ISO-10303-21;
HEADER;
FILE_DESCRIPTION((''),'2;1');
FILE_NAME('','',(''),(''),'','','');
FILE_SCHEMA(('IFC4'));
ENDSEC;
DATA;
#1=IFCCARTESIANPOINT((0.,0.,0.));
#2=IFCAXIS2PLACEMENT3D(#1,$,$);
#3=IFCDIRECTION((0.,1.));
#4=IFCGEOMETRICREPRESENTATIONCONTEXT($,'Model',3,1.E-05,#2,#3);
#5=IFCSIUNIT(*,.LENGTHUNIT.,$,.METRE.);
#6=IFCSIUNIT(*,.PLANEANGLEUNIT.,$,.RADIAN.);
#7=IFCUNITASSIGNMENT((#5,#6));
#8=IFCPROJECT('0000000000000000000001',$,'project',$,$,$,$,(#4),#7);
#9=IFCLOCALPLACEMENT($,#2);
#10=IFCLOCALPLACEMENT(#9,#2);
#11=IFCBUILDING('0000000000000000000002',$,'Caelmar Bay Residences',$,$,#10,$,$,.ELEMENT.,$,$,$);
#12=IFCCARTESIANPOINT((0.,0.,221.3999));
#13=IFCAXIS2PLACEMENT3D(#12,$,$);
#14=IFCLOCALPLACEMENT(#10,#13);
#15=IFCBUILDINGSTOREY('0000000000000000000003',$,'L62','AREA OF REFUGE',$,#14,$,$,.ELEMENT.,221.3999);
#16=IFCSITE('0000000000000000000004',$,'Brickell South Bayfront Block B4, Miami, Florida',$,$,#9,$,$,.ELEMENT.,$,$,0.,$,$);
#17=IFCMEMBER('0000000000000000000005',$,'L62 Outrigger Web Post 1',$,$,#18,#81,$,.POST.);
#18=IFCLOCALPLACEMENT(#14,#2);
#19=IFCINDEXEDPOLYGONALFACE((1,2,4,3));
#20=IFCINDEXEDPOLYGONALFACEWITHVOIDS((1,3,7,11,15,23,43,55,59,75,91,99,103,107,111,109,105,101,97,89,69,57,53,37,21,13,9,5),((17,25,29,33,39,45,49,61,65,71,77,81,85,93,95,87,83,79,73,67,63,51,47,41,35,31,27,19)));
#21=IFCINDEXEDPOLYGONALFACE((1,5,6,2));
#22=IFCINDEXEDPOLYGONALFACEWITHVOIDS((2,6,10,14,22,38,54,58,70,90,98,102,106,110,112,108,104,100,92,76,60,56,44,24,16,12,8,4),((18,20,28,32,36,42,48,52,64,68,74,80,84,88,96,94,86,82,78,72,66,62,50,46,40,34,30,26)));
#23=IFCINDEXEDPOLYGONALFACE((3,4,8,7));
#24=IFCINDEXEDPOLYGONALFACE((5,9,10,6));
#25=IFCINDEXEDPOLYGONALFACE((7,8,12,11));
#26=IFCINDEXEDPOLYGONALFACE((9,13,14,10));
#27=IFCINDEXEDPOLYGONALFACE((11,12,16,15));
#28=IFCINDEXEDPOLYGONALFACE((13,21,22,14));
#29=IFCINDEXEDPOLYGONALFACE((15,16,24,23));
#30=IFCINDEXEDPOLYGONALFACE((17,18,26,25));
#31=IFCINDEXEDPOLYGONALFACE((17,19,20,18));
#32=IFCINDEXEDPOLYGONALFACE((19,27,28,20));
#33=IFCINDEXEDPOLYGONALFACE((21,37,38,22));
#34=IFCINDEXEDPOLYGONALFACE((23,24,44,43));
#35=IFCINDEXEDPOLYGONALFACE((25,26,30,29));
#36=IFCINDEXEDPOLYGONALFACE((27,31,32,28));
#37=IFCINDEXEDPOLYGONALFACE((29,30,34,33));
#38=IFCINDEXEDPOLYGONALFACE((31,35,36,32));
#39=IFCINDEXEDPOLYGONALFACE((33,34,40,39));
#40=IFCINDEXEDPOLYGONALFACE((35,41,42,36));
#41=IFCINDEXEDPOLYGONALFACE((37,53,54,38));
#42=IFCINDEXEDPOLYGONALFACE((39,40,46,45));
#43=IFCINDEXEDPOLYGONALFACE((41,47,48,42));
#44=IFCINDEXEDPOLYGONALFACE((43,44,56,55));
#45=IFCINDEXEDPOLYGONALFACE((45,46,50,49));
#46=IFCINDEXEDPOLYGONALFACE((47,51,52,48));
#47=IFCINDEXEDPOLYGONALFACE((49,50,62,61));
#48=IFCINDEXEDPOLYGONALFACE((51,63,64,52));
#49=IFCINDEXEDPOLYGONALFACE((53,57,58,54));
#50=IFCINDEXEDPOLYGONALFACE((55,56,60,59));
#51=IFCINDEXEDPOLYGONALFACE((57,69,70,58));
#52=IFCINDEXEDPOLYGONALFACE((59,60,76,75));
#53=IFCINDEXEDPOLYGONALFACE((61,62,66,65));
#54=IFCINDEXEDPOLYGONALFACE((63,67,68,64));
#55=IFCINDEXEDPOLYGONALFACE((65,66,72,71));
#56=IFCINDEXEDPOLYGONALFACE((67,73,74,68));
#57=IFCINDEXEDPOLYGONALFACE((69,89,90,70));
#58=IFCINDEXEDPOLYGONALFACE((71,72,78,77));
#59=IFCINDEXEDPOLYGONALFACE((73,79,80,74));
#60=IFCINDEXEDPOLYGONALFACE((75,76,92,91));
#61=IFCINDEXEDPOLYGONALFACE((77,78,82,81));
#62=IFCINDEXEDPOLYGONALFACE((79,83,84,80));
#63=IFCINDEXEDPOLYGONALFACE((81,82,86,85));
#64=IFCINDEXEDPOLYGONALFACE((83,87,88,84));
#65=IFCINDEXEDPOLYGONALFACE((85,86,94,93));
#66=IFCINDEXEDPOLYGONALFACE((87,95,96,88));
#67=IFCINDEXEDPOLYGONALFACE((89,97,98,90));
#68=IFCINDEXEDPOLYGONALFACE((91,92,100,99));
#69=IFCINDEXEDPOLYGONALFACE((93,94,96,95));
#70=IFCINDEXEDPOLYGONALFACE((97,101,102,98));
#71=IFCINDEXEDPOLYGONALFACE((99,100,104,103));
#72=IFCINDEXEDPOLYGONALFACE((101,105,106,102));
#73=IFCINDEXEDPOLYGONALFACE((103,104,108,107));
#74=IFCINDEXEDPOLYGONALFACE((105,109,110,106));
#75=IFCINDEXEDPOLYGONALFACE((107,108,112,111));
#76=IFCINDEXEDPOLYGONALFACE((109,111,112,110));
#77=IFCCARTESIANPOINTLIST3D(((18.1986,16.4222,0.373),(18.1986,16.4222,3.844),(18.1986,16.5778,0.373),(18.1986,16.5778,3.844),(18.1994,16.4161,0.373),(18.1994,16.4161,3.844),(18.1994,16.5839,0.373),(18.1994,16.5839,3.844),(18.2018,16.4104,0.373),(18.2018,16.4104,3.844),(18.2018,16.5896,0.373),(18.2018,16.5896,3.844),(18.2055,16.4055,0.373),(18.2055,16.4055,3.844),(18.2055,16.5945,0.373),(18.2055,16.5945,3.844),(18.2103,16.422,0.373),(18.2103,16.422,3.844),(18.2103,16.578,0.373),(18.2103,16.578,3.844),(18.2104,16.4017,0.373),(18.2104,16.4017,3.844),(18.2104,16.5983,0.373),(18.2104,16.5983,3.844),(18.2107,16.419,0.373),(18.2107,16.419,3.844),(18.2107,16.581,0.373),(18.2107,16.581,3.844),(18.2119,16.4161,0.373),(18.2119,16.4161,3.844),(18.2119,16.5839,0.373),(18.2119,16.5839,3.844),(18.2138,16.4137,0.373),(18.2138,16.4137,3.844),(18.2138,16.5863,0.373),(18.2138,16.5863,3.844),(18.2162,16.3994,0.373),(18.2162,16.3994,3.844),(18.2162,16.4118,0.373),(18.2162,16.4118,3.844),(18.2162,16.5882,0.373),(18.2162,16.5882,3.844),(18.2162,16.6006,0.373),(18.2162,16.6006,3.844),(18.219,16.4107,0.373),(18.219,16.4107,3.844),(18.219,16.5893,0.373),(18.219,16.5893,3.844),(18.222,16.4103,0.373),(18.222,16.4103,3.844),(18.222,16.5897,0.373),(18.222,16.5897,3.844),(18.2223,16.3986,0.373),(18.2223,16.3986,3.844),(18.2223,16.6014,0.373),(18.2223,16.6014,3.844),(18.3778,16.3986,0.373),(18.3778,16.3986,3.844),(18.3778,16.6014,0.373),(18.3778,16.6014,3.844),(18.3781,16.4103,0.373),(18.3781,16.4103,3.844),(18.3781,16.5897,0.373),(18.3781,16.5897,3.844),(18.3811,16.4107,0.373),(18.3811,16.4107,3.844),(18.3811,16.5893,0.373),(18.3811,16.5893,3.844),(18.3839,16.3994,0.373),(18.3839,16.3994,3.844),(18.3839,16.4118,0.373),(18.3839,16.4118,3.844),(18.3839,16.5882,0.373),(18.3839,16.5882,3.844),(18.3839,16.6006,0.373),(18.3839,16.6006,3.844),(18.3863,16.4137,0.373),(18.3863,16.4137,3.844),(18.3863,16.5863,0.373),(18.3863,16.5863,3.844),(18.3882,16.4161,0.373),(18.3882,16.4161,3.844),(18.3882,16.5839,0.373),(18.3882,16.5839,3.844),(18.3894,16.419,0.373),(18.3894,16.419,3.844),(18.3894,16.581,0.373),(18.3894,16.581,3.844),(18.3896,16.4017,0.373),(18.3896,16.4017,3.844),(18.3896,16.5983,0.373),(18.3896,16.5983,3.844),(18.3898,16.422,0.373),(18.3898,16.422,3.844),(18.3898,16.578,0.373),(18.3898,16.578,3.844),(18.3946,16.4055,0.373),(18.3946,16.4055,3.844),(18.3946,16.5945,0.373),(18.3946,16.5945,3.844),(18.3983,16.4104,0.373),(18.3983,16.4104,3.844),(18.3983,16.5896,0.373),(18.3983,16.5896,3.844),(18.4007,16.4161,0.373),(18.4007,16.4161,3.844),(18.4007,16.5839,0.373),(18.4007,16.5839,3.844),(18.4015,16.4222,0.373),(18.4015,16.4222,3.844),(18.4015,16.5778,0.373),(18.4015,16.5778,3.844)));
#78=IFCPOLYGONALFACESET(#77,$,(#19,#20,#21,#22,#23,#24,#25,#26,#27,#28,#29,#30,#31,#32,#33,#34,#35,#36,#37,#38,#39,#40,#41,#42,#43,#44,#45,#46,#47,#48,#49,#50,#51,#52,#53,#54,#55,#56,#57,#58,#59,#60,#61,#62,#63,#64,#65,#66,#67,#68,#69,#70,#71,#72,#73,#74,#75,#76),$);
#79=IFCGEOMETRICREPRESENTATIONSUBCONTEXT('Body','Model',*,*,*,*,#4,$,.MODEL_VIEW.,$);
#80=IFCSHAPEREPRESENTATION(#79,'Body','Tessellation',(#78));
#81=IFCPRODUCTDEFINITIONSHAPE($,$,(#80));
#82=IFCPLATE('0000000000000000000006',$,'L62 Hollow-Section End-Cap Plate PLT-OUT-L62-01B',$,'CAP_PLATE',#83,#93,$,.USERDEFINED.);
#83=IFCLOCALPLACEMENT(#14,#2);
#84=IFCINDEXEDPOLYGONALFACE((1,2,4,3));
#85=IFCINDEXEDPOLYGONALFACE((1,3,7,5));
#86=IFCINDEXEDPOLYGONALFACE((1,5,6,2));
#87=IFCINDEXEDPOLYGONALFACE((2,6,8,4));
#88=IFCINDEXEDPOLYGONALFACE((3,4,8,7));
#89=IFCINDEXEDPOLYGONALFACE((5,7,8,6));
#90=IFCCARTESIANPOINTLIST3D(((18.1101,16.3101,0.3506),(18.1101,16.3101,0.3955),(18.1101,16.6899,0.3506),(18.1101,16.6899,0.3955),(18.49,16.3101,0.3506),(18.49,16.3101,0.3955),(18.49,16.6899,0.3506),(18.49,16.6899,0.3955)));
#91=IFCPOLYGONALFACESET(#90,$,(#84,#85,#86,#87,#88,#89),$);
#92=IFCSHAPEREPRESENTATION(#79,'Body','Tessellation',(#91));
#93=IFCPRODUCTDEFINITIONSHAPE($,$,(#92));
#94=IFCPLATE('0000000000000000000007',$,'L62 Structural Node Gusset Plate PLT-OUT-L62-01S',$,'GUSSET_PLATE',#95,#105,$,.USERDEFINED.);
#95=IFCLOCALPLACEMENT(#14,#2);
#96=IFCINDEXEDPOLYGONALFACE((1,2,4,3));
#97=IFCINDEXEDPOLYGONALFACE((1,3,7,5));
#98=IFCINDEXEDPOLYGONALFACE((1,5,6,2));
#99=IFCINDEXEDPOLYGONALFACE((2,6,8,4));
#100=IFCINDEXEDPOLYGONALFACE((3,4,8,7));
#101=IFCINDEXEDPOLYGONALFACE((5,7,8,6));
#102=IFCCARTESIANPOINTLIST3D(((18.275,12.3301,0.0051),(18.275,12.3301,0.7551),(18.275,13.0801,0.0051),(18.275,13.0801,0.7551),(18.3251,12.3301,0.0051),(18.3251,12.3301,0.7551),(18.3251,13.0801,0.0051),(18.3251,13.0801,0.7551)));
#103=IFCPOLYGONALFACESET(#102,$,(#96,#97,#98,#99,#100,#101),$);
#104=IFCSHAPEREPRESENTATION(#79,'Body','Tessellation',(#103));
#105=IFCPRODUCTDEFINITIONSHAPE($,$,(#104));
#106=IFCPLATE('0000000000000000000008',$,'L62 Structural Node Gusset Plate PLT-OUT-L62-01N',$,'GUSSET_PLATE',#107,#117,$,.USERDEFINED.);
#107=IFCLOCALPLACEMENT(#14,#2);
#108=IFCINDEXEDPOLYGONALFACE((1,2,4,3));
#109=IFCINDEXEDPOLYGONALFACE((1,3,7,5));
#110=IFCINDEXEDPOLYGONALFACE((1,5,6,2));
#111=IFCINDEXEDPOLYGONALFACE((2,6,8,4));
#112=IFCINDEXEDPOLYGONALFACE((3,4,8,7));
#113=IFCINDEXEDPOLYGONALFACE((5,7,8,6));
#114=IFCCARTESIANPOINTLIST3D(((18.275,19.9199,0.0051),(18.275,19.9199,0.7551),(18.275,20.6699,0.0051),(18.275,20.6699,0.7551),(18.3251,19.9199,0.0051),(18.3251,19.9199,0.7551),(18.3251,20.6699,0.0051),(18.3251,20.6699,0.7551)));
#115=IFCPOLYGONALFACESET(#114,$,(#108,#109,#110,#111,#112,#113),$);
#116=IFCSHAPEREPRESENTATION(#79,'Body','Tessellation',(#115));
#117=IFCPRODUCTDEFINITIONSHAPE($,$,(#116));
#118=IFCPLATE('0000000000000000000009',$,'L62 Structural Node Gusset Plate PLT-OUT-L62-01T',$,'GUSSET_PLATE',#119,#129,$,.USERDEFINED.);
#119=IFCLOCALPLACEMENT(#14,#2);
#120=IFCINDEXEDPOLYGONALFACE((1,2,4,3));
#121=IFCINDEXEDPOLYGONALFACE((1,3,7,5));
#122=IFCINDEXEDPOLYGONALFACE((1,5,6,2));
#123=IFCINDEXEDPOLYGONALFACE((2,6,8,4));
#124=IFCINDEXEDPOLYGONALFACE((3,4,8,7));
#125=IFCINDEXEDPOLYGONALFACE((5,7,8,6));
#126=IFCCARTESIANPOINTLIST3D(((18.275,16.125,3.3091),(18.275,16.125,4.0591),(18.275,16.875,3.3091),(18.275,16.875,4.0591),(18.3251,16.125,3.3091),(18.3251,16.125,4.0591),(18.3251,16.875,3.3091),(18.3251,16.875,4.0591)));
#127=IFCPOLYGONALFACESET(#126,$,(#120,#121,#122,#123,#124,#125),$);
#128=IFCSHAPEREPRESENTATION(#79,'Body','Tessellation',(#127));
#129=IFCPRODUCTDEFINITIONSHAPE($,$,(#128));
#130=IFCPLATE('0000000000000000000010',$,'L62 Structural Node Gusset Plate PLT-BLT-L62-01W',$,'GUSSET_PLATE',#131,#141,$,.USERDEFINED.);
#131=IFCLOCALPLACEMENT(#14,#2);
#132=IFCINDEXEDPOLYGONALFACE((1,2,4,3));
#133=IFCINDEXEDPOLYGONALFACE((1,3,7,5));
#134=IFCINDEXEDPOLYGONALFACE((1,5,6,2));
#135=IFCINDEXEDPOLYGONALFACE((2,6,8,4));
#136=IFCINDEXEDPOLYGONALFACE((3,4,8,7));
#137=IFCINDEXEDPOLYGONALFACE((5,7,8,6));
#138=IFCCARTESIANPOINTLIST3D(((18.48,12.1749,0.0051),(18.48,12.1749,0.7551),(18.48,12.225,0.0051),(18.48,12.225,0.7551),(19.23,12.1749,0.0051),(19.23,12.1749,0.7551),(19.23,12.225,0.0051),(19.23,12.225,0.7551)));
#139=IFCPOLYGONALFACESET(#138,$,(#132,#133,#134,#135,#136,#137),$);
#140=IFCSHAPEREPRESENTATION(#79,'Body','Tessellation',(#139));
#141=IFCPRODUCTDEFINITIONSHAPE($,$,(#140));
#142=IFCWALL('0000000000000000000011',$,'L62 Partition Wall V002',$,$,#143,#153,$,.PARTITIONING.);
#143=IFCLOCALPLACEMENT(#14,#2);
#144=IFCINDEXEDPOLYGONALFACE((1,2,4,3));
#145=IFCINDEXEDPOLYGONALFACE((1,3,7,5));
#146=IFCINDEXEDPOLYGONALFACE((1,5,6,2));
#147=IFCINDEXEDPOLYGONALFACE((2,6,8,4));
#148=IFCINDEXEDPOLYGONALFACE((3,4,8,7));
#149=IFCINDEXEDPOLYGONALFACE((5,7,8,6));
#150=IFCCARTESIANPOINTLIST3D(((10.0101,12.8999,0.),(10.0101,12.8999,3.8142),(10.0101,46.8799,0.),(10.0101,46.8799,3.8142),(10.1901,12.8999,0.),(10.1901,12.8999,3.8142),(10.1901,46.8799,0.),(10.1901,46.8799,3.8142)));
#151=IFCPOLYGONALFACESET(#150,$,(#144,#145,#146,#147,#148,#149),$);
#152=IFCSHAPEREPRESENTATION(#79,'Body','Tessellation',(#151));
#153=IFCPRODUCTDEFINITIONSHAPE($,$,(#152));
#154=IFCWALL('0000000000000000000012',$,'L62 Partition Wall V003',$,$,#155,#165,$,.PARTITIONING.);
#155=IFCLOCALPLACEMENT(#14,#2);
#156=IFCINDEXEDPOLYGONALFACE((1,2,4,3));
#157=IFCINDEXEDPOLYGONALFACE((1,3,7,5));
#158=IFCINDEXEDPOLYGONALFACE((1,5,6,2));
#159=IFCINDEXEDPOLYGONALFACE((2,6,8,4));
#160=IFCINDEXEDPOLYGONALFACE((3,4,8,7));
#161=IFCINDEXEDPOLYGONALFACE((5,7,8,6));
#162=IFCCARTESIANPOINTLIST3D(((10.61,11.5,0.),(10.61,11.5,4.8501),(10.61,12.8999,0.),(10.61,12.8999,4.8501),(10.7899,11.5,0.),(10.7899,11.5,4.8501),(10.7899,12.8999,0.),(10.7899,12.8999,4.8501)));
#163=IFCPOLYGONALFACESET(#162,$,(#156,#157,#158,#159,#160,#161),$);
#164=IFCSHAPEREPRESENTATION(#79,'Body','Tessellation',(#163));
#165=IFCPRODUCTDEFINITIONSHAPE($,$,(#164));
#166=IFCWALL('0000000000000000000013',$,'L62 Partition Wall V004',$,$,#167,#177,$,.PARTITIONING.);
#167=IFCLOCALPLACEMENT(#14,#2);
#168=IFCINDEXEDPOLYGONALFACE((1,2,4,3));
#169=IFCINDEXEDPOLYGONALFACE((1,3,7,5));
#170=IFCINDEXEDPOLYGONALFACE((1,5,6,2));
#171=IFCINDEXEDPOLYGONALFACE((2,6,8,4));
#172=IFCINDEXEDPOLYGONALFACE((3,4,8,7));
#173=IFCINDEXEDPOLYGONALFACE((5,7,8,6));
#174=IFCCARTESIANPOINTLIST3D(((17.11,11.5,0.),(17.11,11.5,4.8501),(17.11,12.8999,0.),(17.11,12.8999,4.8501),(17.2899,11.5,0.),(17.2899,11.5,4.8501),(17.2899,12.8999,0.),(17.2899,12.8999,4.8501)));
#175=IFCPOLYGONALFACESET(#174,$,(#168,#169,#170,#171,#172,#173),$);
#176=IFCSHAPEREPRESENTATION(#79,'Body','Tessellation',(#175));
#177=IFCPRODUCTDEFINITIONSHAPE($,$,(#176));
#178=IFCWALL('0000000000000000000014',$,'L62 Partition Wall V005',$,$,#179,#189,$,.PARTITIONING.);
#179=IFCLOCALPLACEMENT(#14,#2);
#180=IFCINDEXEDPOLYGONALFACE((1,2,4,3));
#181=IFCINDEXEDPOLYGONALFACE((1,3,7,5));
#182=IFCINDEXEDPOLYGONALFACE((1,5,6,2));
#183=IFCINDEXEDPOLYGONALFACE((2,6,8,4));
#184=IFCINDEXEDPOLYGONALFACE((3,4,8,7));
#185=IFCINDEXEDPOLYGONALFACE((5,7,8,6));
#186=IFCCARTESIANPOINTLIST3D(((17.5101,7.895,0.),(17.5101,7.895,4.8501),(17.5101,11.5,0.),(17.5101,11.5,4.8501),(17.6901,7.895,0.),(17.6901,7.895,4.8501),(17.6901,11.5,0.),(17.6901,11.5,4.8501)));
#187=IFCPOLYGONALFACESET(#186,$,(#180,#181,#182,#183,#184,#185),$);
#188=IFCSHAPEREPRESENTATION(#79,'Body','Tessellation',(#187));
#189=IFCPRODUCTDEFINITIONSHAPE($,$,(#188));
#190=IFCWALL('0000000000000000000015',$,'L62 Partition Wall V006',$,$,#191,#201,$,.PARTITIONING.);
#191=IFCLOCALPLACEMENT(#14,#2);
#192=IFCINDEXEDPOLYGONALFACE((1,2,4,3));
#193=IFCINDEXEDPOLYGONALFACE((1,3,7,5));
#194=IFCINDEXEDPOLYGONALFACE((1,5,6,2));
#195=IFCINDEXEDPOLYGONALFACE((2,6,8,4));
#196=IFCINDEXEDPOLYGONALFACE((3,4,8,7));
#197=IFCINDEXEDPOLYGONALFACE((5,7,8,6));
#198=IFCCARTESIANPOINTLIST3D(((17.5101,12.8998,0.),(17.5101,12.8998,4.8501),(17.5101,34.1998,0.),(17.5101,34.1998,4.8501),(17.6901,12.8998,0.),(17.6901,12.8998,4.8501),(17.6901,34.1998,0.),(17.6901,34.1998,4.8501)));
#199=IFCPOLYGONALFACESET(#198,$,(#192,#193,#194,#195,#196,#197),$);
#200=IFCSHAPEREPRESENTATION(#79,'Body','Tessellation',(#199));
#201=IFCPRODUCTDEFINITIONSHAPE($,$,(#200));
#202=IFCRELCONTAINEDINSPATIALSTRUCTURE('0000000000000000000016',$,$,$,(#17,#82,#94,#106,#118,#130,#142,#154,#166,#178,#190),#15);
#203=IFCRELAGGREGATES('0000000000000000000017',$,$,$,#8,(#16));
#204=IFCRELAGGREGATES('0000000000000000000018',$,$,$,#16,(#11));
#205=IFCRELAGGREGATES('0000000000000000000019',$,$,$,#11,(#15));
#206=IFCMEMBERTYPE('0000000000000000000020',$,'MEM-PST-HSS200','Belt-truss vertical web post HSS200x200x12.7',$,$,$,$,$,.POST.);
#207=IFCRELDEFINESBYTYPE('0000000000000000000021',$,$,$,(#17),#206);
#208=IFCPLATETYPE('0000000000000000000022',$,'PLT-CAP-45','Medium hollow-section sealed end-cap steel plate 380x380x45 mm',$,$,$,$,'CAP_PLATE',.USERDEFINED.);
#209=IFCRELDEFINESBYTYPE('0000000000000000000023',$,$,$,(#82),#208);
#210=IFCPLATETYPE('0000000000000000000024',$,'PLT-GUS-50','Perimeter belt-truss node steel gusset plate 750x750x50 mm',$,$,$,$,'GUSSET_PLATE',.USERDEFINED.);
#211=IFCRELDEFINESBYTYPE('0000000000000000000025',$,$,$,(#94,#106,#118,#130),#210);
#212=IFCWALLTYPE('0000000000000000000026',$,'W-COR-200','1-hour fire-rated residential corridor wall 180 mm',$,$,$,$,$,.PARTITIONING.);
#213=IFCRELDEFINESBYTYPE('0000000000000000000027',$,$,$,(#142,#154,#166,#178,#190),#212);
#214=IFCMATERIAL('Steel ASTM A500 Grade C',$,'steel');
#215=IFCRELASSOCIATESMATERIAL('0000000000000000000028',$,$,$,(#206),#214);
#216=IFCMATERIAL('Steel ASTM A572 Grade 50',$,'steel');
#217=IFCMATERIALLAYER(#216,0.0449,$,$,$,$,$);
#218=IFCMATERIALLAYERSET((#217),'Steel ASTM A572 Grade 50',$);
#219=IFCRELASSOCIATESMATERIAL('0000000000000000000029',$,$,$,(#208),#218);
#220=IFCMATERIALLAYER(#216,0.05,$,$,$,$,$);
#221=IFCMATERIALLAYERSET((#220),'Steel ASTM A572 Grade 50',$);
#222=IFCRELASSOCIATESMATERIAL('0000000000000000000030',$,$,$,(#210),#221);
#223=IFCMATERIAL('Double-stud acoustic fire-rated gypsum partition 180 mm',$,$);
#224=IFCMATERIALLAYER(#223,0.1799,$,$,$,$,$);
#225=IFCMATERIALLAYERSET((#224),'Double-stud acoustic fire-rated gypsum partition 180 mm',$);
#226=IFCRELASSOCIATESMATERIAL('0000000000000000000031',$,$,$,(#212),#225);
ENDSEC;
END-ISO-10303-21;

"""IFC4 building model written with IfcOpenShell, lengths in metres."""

from ifc_helpers import new_model, si_unit, direction, frame, frame_2d, origin, origin_2d, place, context, subcontext, project, spatial, rectangle, hollow_rectangle, extrude, material, layer, layer_set, material_profile, profile_set, type_object, element, save


model = new_model("IFC4")

# Units and contexts
model_context = context("Model", 3, precision=1e-05, world=origin(), true_north=direction((0.0, 1.0)))
body_context = subcontext(model_context, "Body", "Model", "MODEL_VIEW")
ifc_project = project(units=[si_unit("LENGTHUNIT", "METRE"), si_unit("PLANEANGLEUNIT", "RADIAN")], contexts=[model_context])

# Site, building, storey
site_placement = place(None, origin())
site = spatial("IfcSite", under=ifc_project, at=site_placement, Name="Brickell South Bayfront Block B4, Miami, Florida", CompositionType="ELEMENT", RefElevation=0.0)
building_placement = place(site_placement, origin())
building = spatial("IfcBuilding", under=site, at=building_placement, Name="Caelmar Bay Residences", CompositionType="ELEMENT")
storey_placement = place(building_placement, frame((0.0, 0.0, 221.3999)))
storey = spatial("IfcBuildingStorey", under=building, at=storey_placement, Name="L62", Description="AREA OF REFUGE", CompositionType="ELEMENT", Elevation=221.3999)

# Member
ifc_material_1 = material(Name="Steel ASTM A500 Grade C", Category="steel")
ifc_material_profile_1 = material_profile(ifc_material_1, hollow_rectangle(XDim=0.2029, YDim=0.2029, WallThickness=0.0117, InnerFilletRadius=0.0117, OuterFilletRadius=0.0237, at=origin_2d()), Name="HSS200X200X12.7")
ifc_profile_set_1 = profile_set([ifc_material_profile_1], Name="Steel ASTM A500 Grade C")
member_type_1 = type_object("IfcMemberType", Name="MEM-PST-HSS200", Description="Belt-truss vertical web post HSS200x200x12.7", PredefinedType="POST", material=ifc_profile_set_1)
member_1_placement = place(storey_placement, frame((18.3, 16.5, 0.373), z_axis=(0.0, 0.0, 1.0), x_axis=(1.0, 0.0, 0.0)))
element("IfcMember", 1, at=member_1_placement, inside=storey, type_object=member_type_1, Name="L62 Outrigger Web Post 1", PredefinedType="POST", context=body_context, shape_type="SweptSolid", body=[
    extrude(hollow_rectangle(XDim=0.2029, YDim=0.2029, WallThickness=0.0117, InnerFilletRadius=0.0117, OuterFilletRadius=0.0237, at=origin_2d()), origin(), (0.0, 0.0, 1.0), 3.4709),
])

# Plates
ifc_material_2 = material(Name="Steel ASTM A572 Grade 50", Category="steel")
ifc_layer_1 = layer(ifc_material_2, 0.0449)
ifc_layer_set_1 = layer_set([ifc_layer_1], Name="Steel ASTM A572 Grade 50")
plate_type_1 = type_object("IfcPlateType", Name="PLT-CAP-45", Description="Medium hollow-section sealed end-cap steel plate 380x380x45 mm", ElementType="CAP_PLATE", PredefinedType="USERDEFINED", material=ifc_layer_set_1)
plate_placement = place(storey_placement, frame((18.3, 16.5, 0.3506), z_axis=(0.0, 0.0, 1.0), x_axis=(1.0, 0.0, 0.0)))
element("IfcPlate", 2, at=plate_placement, inside=storey, type_object=plate_type_1, Name="L62 Hollow-Section End-Cap Plate PLT-OUT-L62-01B", ObjectType="CAP_PLATE", PredefinedType="USERDEFINED", context=body_context, shape_type="SweptSolid", body=[
    extrude(rectangle(XDim=0.3799, YDim=0.3799, at=origin_2d()), origin(), (0.0, 0.0, 1.0), 0.0449),
])
ifc_layer_2 = layer(ifc_material_2, 0.05)
ifc_layer_set_2 = layer_set([ifc_layer_2], Name="Steel ASTM A572 Grade 50")
plate_type_2 = type_object("IfcPlateType", Name="PLT-GUS-50", Description="Perimeter belt-truss node steel gusset plate 750x750x50 mm", ElementType="GUSSET_PLATE", PredefinedType="USERDEFINED", material=ifc_layer_set_2)
for number, where, z_axis, x_axis, name in (
    (3, (18.3, 12.7051, 0.0051), (0.0, 0.0, 1.0), (0.0, 1.0, 0.0), "L62 Structural Node Gusset Plate PLT-OUT-L62-01S"),
    (4, (18.3, 20.2949, 0.0051), (0.0, 0.0, 1.0), (0.0, 1.0, 0.0), "L62 Structural Node Gusset Plate PLT-OUT-L62-01N"),
    (5, (18.3, 16.5, 3.3091), (0.0, 0.0, 1.0), (0.0, 1.0, 0.0), "L62 Structural Node Gusset Plate PLT-OUT-L62-01T"),
    (6, (18.855, 12.2, 0.0051), (0.0, 0.0, 1.0), (1.0, 0.0, 0.0), "L62 Structural Node Gusset Plate PLT-BLT-L62-01W"),
):
    element("IfcPlate", number, at=place(storey_placement, frame(where, z_axis=z_axis, x_axis=x_axis)), inside=storey, type_object=plate_type_2, Name=name, ObjectType="GUSSET_PLATE", PredefinedType="USERDEFINED", context=body_context, shape_type="SweptSolid", body=[
        extrude(rectangle(XDim=0.75, YDim=0.05, at=origin_2d()), origin(), (0.0, 0.0, 1.0), 0.75),
    ])

# Walls
ifc_material_3 = material(Name="Double-stud acoustic fire-rated gypsum partition 180 mm")
ifc_layer_3 = layer(ifc_material_3, 0.1799)
ifc_layer_set_3 = layer_set([ifc_layer_3], Name="Double-stud acoustic fire-rated gypsum partition 180 mm")
wall_type_1 = type_object("IfcWallType", Name="W-COR-200", Description="1-hour fire-rated residential corridor wall 180 mm", PredefinedType="PARTITIONING", material=ifc_layer_set_3)
wall_1_placement = place(storey_placement, frame((10.1001, 12.8999, 0.0), z_axis=(0.0, 0.0, 1.0), x_axis=(0.0, 1.0, 0.0)))
element("IfcWall", 7, at=wall_1_placement, inside=storey, type_object=wall_type_1, Name="L62 Partition Wall V002", PredefinedType="PARTITIONING", context=body_context, shape_type="SweptSolid", body=[
    extrude(rectangle(XDim=33.98, YDim=0.1799, at=frame_2d((16.99, 0.0))), origin(), (0.0, 0.0, 1.0), 3.8142),
])
for number, where, z_axis, x_axis, name in (
    (8, (10.7, 11.5, 0.0), (0.0, 0.0, 1.0), (0.0, 1.0, 0.0), "L62 Partition Wall V003"),
    (9, (17.2, 11.5, 0.0), (0.0, 0.0, 1.0), (0.0, 1.0, 0.0), "L62 Partition Wall V004"),
):
    element("IfcWall", number, at=place(storey_placement, frame(where, z_axis=z_axis, x_axis=x_axis)), inside=storey, type_object=wall_type_1, Name=name, PredefinedType="PARTITIONING", context=body_context, shape_type="SweptSolid", body=[
        extrude(rectangle(XDim=1.3999, YDim=0.1799, at=frame_2d((0.7, 0.0))), origin(), (0.0, 0.0, 1.0), 4.8501),
    ])
wall_2_placement = place(storey_placement, frame((17.6001, 7.895, 0.0), z_axis=(0.0, 0.0, 1.0), x_axis=(0.0, 1.0, 0.0)))
element("IfcWall", 10, at=wall_2_placement, inside=storey, type_object=wall_type_1, Name="L62 Partition Wall V005", PredefinedType="PARTITIONING", context=body_context, shape_type="SweptSolid", body=[
    extrude(rectangle(XDim=3.605, YDim=0.1799, at=frame_2d((1.8025, 0.0))), origin(), (0.0, 0.0, 1.0), 4.8501),
])
wall_3_placement = place(storey_placement, frame((17.6001, 12.8999, 0.0), z_axis=(0.0, 0.0, 1.0), x_axis=(0.0, 1.0, 0.0)))
element("IfcWall", 11, at=wall_3_placement, inside=storey, type_object=wall_type_1, Name="L62 Partition Wall V006", PredefinedType="PARTITIONING", context=body_context, shape_type="SweptSolid", body=[
    extrude(rectangle(XDim=21.3, YDim=0.1799, at=frame_2d((10.6499, 0.0))), origin(), (0.0, 0.0, 1.0), 4.8501),
])

save(model, "model.ifc")
